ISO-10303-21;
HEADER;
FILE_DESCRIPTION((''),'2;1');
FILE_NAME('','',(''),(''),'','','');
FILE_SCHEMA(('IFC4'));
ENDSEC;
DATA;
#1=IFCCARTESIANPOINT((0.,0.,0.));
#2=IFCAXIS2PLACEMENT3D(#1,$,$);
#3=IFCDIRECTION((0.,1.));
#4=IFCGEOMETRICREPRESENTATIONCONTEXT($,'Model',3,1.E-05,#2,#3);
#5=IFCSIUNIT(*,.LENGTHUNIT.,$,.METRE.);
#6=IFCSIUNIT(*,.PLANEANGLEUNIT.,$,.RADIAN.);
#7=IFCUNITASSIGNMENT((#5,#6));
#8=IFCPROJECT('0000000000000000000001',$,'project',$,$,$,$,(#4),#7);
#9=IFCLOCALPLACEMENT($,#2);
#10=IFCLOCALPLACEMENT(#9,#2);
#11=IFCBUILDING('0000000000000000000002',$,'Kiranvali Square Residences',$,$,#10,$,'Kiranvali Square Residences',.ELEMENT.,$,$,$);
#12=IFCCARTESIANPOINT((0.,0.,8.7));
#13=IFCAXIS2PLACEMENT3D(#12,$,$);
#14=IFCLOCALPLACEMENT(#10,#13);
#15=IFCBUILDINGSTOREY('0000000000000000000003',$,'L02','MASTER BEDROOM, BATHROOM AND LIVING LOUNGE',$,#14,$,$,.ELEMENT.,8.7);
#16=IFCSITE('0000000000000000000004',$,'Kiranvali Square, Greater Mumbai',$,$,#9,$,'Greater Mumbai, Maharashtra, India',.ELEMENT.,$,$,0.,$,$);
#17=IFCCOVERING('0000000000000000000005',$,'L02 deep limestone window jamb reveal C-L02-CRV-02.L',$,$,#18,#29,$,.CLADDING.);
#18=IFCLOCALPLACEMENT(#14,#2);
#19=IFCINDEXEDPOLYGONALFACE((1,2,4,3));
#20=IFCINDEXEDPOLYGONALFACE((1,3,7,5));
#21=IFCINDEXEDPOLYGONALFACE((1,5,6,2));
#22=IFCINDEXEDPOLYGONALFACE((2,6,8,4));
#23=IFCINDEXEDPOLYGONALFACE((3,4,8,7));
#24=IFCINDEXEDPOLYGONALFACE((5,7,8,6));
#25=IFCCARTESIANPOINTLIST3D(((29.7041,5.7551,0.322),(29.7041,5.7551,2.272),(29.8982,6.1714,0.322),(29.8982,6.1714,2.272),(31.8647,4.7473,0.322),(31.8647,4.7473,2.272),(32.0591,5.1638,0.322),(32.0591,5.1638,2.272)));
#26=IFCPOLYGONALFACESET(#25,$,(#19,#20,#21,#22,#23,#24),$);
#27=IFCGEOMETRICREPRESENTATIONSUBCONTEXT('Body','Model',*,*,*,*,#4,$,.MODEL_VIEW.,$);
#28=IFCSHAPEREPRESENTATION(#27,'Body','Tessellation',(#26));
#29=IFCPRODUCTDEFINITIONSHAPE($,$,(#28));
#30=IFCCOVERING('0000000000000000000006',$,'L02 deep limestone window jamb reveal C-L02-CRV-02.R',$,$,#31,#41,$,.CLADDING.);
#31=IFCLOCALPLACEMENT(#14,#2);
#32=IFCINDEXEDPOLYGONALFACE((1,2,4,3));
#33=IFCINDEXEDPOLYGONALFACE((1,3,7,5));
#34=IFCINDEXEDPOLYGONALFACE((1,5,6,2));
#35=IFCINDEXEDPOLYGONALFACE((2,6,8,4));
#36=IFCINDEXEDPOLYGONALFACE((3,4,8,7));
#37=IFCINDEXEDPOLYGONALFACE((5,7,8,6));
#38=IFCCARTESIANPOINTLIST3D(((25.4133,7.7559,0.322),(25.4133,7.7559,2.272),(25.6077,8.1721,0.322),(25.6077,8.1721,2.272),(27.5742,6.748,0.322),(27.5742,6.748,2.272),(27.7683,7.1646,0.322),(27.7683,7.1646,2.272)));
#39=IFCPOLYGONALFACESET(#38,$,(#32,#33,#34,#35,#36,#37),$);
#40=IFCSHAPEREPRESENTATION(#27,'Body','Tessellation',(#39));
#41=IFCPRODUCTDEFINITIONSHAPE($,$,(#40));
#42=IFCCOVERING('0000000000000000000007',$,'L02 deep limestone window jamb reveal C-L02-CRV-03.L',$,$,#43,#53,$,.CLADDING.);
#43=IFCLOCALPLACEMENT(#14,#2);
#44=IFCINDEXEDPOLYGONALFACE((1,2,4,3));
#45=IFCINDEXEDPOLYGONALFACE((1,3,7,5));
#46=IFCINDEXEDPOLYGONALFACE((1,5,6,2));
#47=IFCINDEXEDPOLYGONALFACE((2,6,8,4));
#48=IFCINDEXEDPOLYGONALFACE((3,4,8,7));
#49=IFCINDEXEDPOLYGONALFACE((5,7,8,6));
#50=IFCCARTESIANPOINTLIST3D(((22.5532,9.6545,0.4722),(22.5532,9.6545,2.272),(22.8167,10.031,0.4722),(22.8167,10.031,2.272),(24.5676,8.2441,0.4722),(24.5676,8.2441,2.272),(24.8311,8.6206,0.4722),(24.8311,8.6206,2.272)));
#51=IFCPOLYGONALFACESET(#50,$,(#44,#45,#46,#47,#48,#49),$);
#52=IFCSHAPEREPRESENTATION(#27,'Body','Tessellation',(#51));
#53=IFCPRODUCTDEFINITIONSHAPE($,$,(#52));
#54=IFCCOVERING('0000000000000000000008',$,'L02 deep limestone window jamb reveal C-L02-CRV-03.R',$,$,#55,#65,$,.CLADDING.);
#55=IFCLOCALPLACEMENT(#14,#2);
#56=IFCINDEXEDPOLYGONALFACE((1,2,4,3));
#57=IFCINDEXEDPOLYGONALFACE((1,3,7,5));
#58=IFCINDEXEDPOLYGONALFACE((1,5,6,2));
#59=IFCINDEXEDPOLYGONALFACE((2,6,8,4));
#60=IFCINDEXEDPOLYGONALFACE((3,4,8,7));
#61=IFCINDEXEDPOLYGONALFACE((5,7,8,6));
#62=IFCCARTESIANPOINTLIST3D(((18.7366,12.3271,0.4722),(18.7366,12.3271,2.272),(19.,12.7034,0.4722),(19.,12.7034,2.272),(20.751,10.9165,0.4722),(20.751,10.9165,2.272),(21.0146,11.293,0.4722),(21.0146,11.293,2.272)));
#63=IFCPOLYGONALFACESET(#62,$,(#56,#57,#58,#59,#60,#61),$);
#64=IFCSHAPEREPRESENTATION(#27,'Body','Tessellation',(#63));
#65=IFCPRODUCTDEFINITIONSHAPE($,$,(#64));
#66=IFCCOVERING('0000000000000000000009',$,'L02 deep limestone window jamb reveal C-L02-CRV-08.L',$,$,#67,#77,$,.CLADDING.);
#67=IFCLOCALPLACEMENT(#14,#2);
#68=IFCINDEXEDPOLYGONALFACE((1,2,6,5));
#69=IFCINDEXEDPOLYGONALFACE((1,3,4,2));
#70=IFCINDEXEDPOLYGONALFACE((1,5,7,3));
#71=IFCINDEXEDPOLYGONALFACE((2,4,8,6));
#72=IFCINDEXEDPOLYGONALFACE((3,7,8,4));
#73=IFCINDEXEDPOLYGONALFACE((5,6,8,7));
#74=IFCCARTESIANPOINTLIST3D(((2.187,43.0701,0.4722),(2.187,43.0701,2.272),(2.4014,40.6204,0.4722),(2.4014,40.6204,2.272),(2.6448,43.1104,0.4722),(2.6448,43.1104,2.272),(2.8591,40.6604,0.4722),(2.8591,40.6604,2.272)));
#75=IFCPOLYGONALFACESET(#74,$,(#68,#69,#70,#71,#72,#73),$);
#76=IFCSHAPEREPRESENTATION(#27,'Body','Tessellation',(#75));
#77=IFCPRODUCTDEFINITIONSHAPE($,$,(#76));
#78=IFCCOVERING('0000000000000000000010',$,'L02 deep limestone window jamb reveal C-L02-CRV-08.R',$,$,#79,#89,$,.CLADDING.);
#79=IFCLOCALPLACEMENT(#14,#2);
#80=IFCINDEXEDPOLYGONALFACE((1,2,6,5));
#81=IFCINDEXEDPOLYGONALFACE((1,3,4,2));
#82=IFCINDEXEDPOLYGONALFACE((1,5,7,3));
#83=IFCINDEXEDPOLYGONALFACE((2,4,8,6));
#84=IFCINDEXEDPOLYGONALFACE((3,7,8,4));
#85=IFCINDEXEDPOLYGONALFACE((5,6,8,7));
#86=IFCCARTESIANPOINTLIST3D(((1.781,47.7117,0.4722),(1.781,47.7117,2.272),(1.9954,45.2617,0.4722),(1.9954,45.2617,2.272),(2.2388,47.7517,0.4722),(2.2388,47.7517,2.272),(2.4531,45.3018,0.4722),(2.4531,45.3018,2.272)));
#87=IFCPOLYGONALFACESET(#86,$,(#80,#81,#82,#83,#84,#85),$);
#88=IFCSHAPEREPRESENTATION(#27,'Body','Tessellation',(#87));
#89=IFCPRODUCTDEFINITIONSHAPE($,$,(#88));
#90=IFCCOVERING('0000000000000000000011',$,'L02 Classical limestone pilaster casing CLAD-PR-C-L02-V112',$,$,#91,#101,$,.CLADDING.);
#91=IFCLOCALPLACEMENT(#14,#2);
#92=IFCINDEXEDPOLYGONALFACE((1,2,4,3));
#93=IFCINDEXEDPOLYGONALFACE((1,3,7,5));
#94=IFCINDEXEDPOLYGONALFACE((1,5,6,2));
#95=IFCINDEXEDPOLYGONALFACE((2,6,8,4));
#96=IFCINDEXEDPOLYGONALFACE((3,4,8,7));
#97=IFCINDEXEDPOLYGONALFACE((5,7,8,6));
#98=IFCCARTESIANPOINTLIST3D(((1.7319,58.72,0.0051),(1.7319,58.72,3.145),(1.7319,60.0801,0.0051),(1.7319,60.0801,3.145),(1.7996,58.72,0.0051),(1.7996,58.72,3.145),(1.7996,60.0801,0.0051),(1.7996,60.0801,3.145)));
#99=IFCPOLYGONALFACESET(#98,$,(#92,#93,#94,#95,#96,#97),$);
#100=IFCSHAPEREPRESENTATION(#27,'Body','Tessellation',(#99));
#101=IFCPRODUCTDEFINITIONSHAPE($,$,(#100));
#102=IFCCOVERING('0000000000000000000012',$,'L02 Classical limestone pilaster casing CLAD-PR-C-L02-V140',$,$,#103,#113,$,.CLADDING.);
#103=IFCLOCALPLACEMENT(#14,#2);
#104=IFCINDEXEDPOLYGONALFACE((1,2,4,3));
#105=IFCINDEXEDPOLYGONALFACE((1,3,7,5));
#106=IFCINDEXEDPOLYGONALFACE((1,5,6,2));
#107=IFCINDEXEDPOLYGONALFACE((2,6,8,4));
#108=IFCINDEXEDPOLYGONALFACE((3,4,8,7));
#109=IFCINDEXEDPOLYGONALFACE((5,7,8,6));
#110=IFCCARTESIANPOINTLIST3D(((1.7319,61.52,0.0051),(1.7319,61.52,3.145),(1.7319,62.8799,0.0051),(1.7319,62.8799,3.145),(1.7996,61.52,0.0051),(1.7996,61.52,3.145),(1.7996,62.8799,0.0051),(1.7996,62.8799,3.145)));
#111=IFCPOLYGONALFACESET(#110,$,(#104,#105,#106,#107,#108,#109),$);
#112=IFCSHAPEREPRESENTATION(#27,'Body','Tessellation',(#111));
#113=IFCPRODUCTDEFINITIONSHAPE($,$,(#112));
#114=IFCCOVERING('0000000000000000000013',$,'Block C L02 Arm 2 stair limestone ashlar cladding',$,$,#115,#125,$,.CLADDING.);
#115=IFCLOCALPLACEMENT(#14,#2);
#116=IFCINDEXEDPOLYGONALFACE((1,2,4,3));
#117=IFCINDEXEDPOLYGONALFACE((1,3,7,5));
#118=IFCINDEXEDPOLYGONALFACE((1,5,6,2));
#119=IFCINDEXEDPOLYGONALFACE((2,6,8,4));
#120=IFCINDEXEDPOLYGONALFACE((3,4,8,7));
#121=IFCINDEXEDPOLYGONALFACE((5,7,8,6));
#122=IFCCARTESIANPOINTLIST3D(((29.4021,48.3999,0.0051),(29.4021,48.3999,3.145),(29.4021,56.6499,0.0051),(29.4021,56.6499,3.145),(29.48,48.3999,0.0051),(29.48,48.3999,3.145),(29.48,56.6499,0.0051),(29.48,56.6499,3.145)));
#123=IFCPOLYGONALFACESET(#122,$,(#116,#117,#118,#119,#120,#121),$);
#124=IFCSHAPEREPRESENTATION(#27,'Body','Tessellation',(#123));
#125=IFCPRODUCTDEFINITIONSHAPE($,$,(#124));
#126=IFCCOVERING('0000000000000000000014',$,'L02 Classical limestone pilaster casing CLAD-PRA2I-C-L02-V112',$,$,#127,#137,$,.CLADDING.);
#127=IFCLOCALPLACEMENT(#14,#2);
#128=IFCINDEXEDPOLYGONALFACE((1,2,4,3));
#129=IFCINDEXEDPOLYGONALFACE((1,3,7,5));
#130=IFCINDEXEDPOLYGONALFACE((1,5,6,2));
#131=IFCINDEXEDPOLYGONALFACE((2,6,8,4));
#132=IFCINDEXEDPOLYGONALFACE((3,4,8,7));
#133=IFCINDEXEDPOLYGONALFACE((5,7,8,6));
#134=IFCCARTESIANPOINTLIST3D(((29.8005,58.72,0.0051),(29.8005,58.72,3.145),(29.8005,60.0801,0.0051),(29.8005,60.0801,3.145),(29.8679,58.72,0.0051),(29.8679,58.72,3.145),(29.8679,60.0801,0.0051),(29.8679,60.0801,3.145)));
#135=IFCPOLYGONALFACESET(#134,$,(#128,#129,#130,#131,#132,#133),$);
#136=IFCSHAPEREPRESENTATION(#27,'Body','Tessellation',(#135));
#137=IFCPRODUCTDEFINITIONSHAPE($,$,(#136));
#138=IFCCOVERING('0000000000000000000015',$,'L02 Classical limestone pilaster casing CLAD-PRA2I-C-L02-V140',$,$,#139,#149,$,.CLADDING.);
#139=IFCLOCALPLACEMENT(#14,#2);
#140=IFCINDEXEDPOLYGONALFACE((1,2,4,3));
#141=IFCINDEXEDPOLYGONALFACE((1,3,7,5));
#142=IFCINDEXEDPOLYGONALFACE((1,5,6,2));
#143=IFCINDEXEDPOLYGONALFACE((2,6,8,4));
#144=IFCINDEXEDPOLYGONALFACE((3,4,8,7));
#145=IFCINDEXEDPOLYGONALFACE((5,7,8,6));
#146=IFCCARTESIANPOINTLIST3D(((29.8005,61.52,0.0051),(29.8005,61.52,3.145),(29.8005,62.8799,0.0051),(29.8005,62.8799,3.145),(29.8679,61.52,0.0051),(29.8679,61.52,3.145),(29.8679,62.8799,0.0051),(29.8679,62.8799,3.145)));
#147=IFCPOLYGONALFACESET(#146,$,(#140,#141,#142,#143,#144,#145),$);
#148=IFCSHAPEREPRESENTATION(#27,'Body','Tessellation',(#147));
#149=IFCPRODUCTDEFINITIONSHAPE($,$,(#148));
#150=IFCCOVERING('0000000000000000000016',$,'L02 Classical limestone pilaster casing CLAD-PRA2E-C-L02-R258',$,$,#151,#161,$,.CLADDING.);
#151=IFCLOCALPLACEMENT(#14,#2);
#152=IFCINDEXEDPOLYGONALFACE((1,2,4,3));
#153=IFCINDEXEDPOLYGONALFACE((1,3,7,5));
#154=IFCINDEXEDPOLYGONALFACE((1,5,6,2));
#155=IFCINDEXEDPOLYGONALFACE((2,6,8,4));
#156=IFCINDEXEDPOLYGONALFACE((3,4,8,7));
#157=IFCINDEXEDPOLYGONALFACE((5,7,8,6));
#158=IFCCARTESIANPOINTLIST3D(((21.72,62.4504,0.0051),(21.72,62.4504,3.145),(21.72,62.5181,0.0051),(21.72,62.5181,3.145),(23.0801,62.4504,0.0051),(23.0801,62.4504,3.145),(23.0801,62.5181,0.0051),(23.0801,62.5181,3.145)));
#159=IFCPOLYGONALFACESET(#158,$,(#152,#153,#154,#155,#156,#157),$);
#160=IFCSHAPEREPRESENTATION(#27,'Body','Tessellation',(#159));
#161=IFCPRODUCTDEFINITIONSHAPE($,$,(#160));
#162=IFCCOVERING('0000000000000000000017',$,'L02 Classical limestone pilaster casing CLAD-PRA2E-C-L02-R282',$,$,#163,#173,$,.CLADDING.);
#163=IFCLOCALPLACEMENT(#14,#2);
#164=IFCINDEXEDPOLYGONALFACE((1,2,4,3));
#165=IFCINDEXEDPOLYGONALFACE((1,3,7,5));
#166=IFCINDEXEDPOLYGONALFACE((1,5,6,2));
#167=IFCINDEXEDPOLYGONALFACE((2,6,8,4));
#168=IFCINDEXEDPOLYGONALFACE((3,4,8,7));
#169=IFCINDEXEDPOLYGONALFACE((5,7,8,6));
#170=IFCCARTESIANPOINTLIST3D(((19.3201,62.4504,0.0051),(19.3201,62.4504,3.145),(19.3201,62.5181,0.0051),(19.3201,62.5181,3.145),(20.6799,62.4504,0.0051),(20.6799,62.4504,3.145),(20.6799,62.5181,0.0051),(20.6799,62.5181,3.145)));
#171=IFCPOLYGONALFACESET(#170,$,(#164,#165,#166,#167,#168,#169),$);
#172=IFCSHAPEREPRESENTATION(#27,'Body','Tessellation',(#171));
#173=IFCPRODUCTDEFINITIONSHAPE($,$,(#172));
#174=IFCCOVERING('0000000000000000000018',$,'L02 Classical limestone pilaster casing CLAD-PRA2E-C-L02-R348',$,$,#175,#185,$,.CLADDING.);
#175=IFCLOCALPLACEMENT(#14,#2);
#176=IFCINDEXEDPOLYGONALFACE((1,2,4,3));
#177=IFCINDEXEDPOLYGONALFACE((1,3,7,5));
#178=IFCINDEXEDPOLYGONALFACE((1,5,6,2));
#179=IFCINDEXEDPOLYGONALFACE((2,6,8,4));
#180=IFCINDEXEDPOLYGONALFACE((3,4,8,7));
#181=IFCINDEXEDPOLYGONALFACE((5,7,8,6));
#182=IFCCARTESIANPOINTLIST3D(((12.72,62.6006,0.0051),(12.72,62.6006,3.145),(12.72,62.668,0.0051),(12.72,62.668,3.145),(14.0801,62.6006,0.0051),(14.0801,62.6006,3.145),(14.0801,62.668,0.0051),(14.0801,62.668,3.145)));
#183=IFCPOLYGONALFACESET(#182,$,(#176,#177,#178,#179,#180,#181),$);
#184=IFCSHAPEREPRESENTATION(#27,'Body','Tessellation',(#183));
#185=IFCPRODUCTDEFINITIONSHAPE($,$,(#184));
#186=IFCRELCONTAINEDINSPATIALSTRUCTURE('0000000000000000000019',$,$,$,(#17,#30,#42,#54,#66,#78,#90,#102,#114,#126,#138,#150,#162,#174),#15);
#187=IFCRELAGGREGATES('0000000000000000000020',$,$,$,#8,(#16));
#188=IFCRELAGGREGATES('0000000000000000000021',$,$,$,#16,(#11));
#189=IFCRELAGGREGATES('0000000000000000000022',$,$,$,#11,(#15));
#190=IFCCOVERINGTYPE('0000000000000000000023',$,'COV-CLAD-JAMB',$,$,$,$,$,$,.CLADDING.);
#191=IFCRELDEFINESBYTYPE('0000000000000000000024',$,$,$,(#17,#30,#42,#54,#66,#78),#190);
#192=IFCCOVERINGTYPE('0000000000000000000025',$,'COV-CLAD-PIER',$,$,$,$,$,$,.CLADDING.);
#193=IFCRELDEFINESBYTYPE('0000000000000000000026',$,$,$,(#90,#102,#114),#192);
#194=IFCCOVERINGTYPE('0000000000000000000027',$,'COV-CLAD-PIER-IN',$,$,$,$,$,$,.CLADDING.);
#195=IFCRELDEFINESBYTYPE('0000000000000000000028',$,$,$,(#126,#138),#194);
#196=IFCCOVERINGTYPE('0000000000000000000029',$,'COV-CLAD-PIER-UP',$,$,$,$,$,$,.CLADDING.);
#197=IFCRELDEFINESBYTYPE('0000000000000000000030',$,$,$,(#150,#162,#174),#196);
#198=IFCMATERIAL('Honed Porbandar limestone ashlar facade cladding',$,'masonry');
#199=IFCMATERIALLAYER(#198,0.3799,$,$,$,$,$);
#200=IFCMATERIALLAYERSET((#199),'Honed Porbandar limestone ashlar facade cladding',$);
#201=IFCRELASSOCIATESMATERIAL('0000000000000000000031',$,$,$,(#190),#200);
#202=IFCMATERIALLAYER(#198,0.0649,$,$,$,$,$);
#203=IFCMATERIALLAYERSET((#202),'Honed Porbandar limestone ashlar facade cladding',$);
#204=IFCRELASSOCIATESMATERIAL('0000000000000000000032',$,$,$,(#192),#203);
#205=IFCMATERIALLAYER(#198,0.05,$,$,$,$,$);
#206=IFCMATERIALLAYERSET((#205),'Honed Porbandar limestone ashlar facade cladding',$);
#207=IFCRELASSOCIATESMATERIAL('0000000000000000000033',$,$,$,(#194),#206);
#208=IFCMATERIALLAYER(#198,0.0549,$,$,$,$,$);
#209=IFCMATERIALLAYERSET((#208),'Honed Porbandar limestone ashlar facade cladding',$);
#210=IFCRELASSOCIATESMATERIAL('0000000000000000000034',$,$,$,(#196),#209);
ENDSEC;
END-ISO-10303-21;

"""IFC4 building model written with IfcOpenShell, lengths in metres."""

from ifc_helpers import new_model, si_unit, direction, frame, origin, place, context, subcontext, project, spatial, polyline, outline, extrude, material, layer, layer_set, type_object, element, save


model = new_model("IFC4")

# Units and contexts
model_context = context("Model", 3, precision=1e-05, world=origin(), true_north=direction((0.0, 1.0)))
body_context = subcontext(model_context, "Body", "Model", "MODEL_VIEW")
ifc_project = project(units=[si_unit("LENGTHUNIT", "METRE"), si_unit("PLANEANGLEUNIT", "RADIAN")], contexts=[model_context])

# Site, building, storey
site_placement = place(None, origin())
site = spatial("IfcSite", under=ifc_project, at=site_placement, Name="Kiranvali Square, Greater Mumbai", LongName="Greater Mumbai, Maharashtra, India", CompositionType="ELEMENT", RefElevation=0.0)
building_placement = place(site_placement, origin())
building = spatial("IfcBuilding", under=site, at=building_placement, Name="Kiranvali Square Residences", LongName="Kiranvali Square Residences", CompositionType="ELEMENT")
storey_placement = place(building_placement, frame((0.0, 0.0, 8.7)))
storey = spatial("IfcBuildingStorey", under=building, at=storey_placement, Name="L02", Description="MASTER BEDROOM, BATHROOM AND LIVING LOUNGE", CompositionType="ELEMENT", Elevation=8.7)

# Coverings
ifc_material = material(Name="Honed Porbandar limestone ashlar facade cladding", Category="masonry")
ifc_layer_1 = layer(ifc_material, 0.3799)
ifc_layer_set_1 = layer_set([ifc_layer_1], Name="Honed Porbandar limestone ashlar facade cladding")
covering_type_1 = type_object("IfcCoveringType", Name="COV-CLAD-JAMB", PredefinedType="CLADDING", material=ifc_layer_set_1)
covering_1_placement = place(storey_placement, frame((0.0, 0.0, 0.322)))
element("IfcCovering", 1, at=covering_1_placement, inside=storey, type_object=covering_type_1, Name="L02 deep limestone window jamb reveal C-L02-CRV-02.L", PredefinedType="CLADDING", context=body_context, shape_type="SweptSolid", body=[
    extrude(outline(polyline([(32.0591, 5.1638), (29.8982, 6.1714), (29.7041, 5.7551), (31.8647, 4.7473), (32.0591, 5.1638)])), origin(), (0.0, 0.0, 1.0), 1.95),
])
covering_2_placement = place(storey_placement, frame((0.0, 0.0, 0.322)))
element("IfcCovering", 2, at=covering_2_placement, inside=storey, type_object=covering_type_1, Name="L02 deep limestone window jamb reveal C-L02-CRV-02.R", PredefinedType="CLADDING", context=body_context, shape_type="SweptSolid", body=[
    extrude(outline(polyline([(27.7683, 7.1646), (25.6077, 8.1721), (25.4133, 7.7559), (27.5742, 6.748), (27.7683, 7.1646)])), origin(), (0.0, 0.0, 1.0), 1.95),
])
covering_3_placement = place(storey_placement, frame((0.0, 0.0, 0.4722)))
element("IfcCovering", 3, at=covering_3_placement, inside=storey, type_object=covering_type_1, Name="L02 deep limestone window jamb reveal C-L02-CRV-03.L", PredefinedType="CLADDING", context=body_context, shape_type="SweptSolid", body=[
    extrude(outline(polyline([(24.8311, 8.6206), (22.8167, 10.031), (22.5532, 9.6545), (24.5676, 8.2441), (24.8311, 8.6206)])), origin(), (0.0, 0.0, 1.0), 1.7998),
])
covering_4_placement = place(storey_placement, frame((0.0, 0.0, 0.4722)))
element("IfcCovering", 4, at=covering_4_placement, inside=storey, type_object=covering_type_1, Name="L02 deep limestone window jamb reveal C-L02-CRV-03.R", PredefinedType="CLADDING", context=body_context, shape_type="SweptSolid", body=[
    extrude(outline(polyline([(21.0146, 11.293), (19.0, 12.7034), (18.7366, 12.3271), (20.751, 10.9165), (21.0146, 11.293)])), origin(), (0.0, 0.0, 1.0), 1.7998),
])
covering_5_placement = place(storey_placement, frame((0.0, 0.0, 0.4722)))
element("IfcCovering", 5, at=covering_5_placement, inside=storey, type_object=covering_type_1, Name="L02 deep limestone window jamb reveal C-L02-CRV-08.L", PredefinedType="CLADDING", context=body_context, shape_type="SweptSolid", body=[
    extrude(outline(polyline([(2.8591, 40.6604), (2.6448, 43.1104), (2.187, 43.0701), (2.4014, 40.6204), (2.8591, 40.6604)])), origin(), (0.0, 0.0, 1.0), 1.7998),
])
covering_6_placement = place(storey_placement, frame((0.0, 0.0, 0.4722)))
element("IfcCovering", 6, at=covering_6_placement, inside=storey, type_object=covering_type_1, Name="L02 deep limestone window jamb reveal C-L02-CRV-08.R", PredefinedType="CLADDING", context=body_context, shape_type="SweptSolid", body=[
    extrude(outline(polyline([(2.4531, 45.3018), (2.2388, 47.7517), (1.781, 47.7117), (1.9954, 45.2617), (2.4531, 45.3018)])), origin(), (0.0, 0.0, 1.0), 1.7998),
])
ifc_layer_2 = layer(ifc_material, 0.0649)
ifc_layer_set_2 = layer_set([ifc_layer_2], Name="Honed Porbandar limestone ashlar facade cladding")
covering_type_2 = type_object("IfcCoveringType", Name="COV-CLAD-PIER", PredefinedType="CLADDING", material=ifc_layer_set_2)
covering_7_placement = place(storey_placement, frame((0.0, 0.0, 0.0051)))
element("IfcCovering", 7, at=covering_7_placement, inside=storey, type_object=covering_type_2, Name="L02 Classical limestone pilaster casing CLAD-PR-C-L02-V112", PredefinedType="CLADDING", context=body_context, shape_type="SweptSolid", body=[
    extrude(outline(polyline([(1.7996, 58.72), (1.7996, 60.0801), (1.7319, 60.0801), (1.7319, 58.72), (1.7996, 58.72)])), origin(), (0.0, 0.0, 1.0), 3.1399),
])
covering_8_placement = place(storey_placement, frame((0.0, 0.0, 0.0051)))
element("IfcCovering", 8, at=covering_8_placement, inside=storey, type_object=covering_type_2, Name="L02 Classical limestone pilaster casing CLAD-PR-C-L02-V140", PredefinedType="CLADDING", context=body_context, shape_type="SweptSolid", body=[
    extrude(outline(polyline([(1.7996, 61.52), (1.7996, 62.8799), (1.7319, 62.8799), (1.7319, 61.52), (1.7996, 61.52)])), origin(), (0.0, 0.0, 1.0), 3.1399),
])
covering_9_placement = place(storey_placement, frame((0.0, 0.0, 0.0051)))
element("IfcCovering", 9, at=covering_9_placement, inside=storey, type_object=covering_type_2, Name="Block C L02 Arm 2 stair limestone ashlar cladding", PredefinedType="CLADDING", context=body_context, shape_type="SweptSolid", body=[
    extrude(outline(polyline([(29.48, 48.3999), (29.48, 56.6499), (29.4021, 56.6499), (29.4021, 48.3999), (29.48, 48.3999)])), origin(), (0.0, 0.0, 1.0), 3.1399),
])
ifc_layer_3 = layer(ifc_material, 0.05)
ifc_layer_set_3 = layer_set([ifc_layer_3], Name="Honed Porbandar limestone ashlar facade cladding")
covering_type_3 = type_object("IfcCoveringType", Name="COV-CLAD-PIER-IN", PredefinedType="CLADDING", material=ifc_layer_set_3)
covering_10_placement = place(storey_placement, frame((0.0, 0.0, 0.0051)))
element("IfcCovering", 10, at=covering_10_placement, inside=storey, type_object=covering_type_3, Name="L02 Classical limestone pilaster casing CLAD-PRA2I-C-L02-V112", PredefinedType="CLADDING", context=body_context, shape_type="SweptSolid", body=[
    extrude(outline(polyline([(29.8679, 58.72), (29.8679, 60.0801), (29.8005, 60.0801), (29.8005, 58.72), (29.8679, 58.72)])), origin(), (0.0, 0.0, 1.0), 3.1399),
])
covering_11_placement = place(storey_placement, frame((0.0, 0.0, 0.0051)))
element("IfcCovering", 11, at=covering_11_placement, inside=storey, type_object=covering_type_3, Name="L02 Classical limestone pilaster casing CLAD-PRA2I-C-L02-V140", PredefinedType="CLADDING", context=body_context, shape_type="SweptSolid", body=[
    extrude(outline(polyline([(29.8679, 61.52), (29.8679, 62.8799), (29.8005, 62.8799), (29.8005, 61.52), (29.8679, 61.52)])), origin(), (0.0, 0.0, 1.0), 3.1399),
])
ifc_layer_4 = layer(ifc_material, 0.0549)
ifc_layer_set_4 = layer_set([ifc_layer_4], Name="Honed Porbandar limestone ashlar facade cladding")
covering_type_4 = type_object("IfcCoveringType", Name="COV-CLAD-PIER-UP", PredefinedType="CLADDING", material=ifc_layer_set_4)
covering_12_placement = place(storey_placement, frame((0.0, 0.0, 0.0051)))
element("IfcCovering", 12, at=covering_12_placement, inside=storey, type_object=covering_type_4, Name="L02 Classical limestone pilaster casing CLAD-PRA2E-C-L02-R258", PredefinedType="CLADDING", context=body_context, shape_type="SweptSolid", body=[
    extrude(outline(polyline([(23.0801, 62.5181), (21.72, 62.5181), (21.72, 62.4504), (23.0801, 62.4504), (23.0801, 62.5181)])), origin(), (0.0, 0.0, 1.0), 3.1399),
])
covering_13_placement = place(storey_placement, frame((0.0, 0.0, 0.0051)))
element("IfcCovering", 13, at=covering_13_placement, inside=storey, type_object=covering_type_4, Name="L02 Classical limestone pilaster casing CLAD-PRA2E-C-L02-R282", PredefinedType="CLADDING", context=body_context, shape_type="SweptSolid", body=[
    extrude(outline(polyline([(20.6799, 62.5181), (19.3201, 62.5181), (19.3201, 62.4504), (20.6799, 62.4504), (20.6799, 62.5181)])), origin(), (0.0, 0.0, 1.0), 3.1399),
])
covering_14_placement = place(storey_placement, frame((0.0, 0.0, 0.0051)))
element("IfcCovering", 14, at=covering_14_placement, inside=storey, type_object=covering_type_4, Name="L02 Classical limestone pilaster casing CLAD-PRA2E-C-L02-R348", PredefinedType="CLADDING", context=body_context, shape_type="SweptSolid", body=[
    extrude(outline(polyline([(14.0801, 62.668), (12.72, 62.668), (12.72, 62.6006), (14.0801, 62.6006), (14.0801, 62.668)])), origin(), (0.0, 0.0, 1.0), 3.1399),
])

save(model, "model.ifc")
